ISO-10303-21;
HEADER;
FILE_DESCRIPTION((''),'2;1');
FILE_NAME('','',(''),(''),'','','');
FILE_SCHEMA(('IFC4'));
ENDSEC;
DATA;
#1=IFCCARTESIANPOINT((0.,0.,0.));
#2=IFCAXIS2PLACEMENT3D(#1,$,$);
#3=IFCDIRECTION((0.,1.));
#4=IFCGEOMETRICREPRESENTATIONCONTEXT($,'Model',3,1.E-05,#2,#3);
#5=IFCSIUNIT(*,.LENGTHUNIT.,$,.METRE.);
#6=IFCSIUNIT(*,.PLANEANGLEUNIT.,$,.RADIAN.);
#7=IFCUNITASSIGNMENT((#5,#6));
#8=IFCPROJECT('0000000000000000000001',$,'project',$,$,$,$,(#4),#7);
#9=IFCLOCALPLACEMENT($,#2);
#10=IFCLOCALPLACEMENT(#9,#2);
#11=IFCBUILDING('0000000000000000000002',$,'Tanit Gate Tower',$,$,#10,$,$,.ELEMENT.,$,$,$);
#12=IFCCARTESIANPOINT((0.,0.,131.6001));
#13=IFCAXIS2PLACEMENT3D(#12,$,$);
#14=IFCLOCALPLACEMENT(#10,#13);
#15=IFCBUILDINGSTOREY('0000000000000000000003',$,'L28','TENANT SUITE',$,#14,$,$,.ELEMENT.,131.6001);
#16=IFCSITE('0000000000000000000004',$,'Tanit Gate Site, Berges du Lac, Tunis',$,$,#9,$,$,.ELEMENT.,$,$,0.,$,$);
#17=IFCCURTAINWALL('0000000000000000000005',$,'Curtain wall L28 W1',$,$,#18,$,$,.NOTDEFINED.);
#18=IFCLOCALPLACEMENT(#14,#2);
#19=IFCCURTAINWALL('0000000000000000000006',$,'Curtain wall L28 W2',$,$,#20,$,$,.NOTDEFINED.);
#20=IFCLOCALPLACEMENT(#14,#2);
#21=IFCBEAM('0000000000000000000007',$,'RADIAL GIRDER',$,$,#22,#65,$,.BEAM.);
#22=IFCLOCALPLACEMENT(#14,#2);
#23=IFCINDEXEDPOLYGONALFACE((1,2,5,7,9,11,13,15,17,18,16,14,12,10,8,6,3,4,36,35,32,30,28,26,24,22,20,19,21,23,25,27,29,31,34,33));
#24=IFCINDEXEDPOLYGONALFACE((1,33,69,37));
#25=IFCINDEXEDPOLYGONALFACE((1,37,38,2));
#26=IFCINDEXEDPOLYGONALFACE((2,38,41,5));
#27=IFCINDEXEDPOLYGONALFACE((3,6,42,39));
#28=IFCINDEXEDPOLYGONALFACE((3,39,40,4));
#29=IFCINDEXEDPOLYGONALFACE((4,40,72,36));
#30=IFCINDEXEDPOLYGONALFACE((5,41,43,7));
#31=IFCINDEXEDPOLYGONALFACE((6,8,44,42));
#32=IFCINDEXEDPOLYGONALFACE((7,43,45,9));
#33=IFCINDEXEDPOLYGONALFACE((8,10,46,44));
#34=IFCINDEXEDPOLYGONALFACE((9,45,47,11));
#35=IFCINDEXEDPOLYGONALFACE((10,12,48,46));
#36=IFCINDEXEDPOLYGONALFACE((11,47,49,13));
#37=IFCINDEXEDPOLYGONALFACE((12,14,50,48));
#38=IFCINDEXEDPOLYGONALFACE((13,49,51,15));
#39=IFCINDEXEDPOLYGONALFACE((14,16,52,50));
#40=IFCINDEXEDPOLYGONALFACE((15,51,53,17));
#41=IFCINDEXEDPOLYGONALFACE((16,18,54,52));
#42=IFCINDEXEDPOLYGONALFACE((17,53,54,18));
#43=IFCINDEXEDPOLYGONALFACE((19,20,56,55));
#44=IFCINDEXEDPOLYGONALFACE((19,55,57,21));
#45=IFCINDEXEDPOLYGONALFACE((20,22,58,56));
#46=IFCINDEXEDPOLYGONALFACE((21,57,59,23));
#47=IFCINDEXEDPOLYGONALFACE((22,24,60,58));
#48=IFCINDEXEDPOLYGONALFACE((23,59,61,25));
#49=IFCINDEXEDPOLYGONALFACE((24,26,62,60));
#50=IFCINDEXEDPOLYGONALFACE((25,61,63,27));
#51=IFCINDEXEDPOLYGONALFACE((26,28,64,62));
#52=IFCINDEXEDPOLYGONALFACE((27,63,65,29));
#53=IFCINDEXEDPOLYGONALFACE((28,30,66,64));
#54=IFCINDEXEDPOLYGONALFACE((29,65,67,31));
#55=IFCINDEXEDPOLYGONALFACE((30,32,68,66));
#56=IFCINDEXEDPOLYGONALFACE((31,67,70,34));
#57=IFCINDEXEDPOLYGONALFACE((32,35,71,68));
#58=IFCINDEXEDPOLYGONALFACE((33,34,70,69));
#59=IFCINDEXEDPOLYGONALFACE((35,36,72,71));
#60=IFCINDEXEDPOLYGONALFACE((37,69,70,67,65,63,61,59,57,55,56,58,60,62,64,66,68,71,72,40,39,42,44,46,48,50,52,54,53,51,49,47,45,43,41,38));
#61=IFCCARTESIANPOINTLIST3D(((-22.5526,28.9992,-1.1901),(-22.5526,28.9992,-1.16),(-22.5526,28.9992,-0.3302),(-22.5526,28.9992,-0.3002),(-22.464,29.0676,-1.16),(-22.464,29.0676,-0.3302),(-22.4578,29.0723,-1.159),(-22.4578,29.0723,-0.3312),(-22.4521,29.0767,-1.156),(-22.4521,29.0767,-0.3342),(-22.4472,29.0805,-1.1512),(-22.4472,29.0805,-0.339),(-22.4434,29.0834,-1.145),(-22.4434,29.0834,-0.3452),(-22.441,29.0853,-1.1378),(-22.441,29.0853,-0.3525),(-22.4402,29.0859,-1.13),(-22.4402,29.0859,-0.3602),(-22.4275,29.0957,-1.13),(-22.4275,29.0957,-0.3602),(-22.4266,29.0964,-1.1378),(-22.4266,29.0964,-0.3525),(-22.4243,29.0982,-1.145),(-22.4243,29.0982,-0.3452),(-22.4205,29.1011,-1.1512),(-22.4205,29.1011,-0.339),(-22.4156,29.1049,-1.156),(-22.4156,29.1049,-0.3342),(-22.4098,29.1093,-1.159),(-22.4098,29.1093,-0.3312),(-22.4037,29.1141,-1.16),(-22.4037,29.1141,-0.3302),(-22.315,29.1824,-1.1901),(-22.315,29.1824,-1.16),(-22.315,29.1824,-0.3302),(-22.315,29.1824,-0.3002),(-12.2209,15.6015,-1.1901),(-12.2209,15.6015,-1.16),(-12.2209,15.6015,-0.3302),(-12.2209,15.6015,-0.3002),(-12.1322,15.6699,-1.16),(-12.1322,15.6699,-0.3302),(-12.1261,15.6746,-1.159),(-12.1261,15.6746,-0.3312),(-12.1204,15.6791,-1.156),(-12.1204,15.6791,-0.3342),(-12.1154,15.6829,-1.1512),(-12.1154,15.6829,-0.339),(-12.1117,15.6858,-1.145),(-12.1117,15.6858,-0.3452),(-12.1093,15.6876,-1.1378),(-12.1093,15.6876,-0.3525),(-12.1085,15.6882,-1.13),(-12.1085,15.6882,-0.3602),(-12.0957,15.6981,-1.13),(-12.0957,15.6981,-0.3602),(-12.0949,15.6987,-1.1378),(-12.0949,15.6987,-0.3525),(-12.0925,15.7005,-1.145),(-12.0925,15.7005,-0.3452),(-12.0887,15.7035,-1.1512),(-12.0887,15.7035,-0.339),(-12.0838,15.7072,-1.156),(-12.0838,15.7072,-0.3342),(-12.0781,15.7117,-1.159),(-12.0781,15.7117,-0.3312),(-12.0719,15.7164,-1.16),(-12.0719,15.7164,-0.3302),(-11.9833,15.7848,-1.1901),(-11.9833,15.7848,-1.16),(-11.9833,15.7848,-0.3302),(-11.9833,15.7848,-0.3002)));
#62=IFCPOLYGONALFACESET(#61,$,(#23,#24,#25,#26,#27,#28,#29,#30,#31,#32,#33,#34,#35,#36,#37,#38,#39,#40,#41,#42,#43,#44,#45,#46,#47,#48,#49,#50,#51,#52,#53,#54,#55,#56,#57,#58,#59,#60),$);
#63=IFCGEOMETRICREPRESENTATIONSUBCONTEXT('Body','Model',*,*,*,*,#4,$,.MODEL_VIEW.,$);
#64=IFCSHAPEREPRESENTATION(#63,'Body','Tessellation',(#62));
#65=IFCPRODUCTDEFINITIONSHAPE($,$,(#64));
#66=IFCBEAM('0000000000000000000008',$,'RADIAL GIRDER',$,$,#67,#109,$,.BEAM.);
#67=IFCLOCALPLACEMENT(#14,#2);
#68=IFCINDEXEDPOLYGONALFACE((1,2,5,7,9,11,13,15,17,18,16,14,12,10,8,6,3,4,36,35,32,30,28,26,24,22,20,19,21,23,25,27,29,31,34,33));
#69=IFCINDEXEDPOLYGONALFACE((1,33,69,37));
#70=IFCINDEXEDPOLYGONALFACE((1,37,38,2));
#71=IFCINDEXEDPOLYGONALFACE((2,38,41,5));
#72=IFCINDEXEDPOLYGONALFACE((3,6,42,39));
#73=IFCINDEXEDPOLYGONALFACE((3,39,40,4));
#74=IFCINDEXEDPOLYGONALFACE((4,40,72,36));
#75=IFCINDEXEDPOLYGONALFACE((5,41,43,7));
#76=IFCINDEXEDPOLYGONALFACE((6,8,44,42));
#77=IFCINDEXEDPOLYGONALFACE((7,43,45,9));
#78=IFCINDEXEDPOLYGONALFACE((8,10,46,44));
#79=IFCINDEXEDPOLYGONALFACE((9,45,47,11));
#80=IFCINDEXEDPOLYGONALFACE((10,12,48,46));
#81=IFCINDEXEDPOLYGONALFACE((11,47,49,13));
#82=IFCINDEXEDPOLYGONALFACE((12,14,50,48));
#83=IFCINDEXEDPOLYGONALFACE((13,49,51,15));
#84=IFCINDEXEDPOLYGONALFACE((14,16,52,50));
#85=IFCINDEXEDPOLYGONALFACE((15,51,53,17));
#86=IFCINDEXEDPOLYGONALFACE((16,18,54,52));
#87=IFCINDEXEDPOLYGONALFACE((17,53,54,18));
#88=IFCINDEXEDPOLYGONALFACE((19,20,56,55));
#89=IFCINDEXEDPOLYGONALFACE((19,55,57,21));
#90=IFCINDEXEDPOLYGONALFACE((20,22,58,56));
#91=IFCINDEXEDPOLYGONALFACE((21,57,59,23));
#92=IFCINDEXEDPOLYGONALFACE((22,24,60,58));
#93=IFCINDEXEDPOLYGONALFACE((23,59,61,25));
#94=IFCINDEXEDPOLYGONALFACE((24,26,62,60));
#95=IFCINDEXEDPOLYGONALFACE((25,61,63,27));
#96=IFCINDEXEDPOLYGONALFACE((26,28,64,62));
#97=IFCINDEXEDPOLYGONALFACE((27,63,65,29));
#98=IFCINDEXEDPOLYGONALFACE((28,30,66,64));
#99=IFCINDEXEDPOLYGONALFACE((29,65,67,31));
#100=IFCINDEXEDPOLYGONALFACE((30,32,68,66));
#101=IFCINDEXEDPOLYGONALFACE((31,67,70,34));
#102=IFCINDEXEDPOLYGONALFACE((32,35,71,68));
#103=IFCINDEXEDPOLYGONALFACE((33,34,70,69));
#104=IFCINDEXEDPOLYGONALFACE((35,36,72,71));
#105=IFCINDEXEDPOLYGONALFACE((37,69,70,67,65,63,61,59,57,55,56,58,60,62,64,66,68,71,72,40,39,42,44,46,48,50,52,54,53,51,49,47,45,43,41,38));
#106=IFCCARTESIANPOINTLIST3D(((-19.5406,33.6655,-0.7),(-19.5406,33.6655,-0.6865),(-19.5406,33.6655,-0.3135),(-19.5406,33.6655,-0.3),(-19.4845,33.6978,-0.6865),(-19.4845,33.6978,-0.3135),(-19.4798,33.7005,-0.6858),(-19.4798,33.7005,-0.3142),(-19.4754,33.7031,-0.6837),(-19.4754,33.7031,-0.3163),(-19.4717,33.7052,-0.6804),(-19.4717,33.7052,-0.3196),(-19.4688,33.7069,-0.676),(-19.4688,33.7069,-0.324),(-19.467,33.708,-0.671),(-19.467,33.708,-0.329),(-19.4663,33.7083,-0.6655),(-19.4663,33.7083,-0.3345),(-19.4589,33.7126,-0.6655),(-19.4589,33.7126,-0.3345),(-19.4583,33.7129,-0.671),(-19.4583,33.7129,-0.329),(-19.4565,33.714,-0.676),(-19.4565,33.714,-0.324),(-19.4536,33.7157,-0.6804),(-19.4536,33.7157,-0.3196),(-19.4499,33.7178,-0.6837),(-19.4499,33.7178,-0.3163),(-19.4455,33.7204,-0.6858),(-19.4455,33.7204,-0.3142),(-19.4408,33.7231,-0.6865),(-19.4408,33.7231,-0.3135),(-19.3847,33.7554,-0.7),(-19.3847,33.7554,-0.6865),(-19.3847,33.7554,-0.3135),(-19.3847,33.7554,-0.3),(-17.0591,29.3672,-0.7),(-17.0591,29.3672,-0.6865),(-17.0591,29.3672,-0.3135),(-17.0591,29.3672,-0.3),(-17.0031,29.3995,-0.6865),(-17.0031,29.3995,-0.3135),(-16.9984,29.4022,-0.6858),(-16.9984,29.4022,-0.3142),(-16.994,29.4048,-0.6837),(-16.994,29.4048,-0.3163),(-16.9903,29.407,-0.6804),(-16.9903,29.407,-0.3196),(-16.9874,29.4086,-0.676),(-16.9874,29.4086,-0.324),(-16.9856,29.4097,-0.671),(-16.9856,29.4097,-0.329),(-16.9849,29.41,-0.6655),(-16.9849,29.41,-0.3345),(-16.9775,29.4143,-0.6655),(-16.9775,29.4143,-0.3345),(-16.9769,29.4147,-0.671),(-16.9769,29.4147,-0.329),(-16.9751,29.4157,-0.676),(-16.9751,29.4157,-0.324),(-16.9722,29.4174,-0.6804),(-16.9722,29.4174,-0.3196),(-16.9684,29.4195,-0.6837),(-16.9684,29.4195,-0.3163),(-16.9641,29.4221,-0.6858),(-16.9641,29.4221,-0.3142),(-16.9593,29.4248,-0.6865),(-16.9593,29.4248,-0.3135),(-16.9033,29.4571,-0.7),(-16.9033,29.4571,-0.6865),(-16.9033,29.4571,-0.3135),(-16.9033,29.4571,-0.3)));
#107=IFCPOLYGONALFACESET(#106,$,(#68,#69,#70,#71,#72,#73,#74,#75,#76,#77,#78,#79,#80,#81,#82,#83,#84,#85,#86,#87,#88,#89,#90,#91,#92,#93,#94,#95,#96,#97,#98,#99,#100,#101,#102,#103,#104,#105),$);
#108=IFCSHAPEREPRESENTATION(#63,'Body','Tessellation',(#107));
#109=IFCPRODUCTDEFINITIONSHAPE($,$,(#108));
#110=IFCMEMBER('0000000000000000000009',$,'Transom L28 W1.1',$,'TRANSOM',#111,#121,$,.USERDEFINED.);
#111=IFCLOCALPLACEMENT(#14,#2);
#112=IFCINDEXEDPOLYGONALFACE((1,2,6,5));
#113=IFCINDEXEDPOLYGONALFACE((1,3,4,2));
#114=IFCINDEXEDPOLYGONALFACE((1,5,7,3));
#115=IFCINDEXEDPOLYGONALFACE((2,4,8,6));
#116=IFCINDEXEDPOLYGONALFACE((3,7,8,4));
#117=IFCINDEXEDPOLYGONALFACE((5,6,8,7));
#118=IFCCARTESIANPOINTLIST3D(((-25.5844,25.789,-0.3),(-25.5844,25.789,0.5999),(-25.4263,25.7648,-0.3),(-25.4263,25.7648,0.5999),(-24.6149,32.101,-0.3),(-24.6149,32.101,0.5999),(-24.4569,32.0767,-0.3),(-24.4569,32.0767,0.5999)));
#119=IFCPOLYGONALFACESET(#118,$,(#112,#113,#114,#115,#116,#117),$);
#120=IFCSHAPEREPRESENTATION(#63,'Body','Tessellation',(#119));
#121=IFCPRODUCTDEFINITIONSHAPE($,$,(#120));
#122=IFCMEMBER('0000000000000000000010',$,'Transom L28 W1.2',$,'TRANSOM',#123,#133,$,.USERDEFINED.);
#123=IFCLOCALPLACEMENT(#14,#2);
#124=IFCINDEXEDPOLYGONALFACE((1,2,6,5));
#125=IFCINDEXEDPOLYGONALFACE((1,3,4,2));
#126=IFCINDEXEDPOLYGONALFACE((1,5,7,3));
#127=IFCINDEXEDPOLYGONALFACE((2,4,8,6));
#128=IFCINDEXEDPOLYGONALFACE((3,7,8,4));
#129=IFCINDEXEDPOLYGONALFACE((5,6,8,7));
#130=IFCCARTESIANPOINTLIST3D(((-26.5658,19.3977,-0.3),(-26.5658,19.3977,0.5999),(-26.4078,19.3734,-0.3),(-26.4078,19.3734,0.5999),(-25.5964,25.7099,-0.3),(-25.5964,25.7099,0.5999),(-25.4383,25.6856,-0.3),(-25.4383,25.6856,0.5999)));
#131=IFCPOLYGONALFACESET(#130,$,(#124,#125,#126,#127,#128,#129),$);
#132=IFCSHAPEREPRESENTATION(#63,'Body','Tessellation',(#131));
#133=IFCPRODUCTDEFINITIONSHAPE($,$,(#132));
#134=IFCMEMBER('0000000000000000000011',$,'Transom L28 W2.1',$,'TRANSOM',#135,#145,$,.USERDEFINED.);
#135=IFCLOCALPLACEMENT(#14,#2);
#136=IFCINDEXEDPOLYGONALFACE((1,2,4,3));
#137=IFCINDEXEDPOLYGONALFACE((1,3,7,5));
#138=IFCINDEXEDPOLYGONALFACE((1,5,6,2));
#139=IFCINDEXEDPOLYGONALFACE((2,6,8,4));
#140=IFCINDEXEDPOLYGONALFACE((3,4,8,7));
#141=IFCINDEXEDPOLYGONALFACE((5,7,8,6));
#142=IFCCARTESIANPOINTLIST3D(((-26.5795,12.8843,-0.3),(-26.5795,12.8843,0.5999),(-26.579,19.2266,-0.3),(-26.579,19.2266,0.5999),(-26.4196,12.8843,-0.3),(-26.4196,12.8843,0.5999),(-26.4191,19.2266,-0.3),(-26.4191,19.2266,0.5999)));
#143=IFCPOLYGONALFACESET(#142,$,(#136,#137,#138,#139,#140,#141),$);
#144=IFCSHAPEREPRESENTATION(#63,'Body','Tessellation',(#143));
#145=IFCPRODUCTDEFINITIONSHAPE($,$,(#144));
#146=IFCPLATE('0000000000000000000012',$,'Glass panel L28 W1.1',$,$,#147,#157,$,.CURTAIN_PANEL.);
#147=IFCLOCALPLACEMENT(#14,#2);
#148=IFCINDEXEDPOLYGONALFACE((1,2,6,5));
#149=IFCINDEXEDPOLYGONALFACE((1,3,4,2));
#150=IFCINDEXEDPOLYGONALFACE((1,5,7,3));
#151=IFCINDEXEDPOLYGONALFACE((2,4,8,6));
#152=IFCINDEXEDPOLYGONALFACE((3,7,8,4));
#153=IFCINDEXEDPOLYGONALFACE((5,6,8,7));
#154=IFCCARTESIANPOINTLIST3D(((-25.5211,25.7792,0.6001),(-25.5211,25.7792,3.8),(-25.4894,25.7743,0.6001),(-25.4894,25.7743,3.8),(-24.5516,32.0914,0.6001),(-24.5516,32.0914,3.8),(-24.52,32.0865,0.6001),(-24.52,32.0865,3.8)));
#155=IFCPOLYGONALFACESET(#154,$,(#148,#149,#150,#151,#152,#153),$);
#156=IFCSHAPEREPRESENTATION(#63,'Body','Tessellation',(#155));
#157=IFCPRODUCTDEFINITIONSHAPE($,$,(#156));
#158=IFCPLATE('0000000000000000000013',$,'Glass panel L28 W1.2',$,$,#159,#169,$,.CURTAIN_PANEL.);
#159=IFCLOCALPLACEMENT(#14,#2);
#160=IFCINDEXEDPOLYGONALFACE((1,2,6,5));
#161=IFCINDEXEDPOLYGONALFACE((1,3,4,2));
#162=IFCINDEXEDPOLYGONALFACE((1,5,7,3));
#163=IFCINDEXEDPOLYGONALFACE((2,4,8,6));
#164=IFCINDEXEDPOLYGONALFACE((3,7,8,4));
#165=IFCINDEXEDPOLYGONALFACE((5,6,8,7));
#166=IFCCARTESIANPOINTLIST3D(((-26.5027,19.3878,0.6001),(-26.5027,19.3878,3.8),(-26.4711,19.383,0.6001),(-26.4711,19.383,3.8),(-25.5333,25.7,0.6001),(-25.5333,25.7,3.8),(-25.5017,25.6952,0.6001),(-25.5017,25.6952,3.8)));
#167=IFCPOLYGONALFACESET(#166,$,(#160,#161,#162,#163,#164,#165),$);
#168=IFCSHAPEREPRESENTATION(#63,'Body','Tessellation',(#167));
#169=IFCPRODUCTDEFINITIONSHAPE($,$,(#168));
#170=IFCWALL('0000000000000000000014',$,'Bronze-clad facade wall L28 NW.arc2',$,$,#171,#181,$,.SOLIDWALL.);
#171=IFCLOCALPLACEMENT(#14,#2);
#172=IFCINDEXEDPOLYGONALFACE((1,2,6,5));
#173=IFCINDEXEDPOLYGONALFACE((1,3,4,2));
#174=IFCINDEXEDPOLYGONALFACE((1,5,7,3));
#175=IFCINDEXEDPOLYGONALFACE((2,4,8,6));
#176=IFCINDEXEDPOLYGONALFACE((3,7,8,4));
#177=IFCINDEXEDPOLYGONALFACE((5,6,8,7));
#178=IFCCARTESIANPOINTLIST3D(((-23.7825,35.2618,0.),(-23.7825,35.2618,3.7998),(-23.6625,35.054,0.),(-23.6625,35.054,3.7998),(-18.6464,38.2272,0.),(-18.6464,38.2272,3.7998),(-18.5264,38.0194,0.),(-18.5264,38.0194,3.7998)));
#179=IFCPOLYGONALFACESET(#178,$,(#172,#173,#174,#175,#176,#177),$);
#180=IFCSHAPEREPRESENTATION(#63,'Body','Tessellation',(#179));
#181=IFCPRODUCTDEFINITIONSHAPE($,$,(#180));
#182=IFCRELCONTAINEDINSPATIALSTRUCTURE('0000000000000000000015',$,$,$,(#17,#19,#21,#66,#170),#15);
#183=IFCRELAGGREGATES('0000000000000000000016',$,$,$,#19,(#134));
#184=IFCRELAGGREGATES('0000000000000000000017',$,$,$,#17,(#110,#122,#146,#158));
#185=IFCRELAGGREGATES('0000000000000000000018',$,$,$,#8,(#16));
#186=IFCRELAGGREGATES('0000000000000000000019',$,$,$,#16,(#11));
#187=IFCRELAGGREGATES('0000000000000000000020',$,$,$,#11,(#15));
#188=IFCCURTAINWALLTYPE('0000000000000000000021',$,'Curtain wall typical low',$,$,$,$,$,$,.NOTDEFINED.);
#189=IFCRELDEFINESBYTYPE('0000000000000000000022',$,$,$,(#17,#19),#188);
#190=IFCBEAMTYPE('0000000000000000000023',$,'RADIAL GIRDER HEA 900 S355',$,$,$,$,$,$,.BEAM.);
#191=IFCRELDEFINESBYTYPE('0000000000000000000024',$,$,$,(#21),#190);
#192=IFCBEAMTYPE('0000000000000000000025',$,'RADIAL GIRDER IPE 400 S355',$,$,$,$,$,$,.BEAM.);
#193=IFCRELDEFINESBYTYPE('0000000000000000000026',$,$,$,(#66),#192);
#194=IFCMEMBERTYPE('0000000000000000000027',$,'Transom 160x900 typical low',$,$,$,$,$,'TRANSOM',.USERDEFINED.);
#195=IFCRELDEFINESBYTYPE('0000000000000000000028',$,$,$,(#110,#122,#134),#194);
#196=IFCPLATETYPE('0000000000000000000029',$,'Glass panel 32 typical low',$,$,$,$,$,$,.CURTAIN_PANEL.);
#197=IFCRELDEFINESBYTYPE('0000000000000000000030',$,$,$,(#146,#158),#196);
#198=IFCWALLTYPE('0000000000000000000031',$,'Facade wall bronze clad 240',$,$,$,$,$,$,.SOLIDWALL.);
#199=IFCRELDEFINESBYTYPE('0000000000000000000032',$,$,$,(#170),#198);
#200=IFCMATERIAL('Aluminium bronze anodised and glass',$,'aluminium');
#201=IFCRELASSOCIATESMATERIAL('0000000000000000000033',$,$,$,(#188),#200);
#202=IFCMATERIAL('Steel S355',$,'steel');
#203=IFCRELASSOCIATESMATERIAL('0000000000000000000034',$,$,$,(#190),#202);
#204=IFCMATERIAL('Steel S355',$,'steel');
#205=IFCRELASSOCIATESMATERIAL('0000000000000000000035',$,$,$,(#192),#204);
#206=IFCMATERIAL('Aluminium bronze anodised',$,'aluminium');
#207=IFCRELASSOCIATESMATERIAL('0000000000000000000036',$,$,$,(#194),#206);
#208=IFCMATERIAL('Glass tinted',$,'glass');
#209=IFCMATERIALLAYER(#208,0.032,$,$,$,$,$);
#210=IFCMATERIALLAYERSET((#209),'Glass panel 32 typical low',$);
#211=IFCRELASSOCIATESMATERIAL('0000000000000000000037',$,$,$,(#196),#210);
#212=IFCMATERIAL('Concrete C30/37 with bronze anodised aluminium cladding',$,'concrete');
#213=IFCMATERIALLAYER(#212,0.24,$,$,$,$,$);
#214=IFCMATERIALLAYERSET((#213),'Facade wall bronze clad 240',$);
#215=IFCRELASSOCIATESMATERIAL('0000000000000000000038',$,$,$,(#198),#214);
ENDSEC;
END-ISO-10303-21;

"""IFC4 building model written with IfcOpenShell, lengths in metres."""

from ifc_helpers import new_model, si_unit, direction, frame, frame_2d, origin, origin_2d, place, context, subcontext, project, spatial, rectangle, i_section, extrude, material, layer, layer_set, material_profile, profile_set, type_object, element, aggregate, save


model = new_model("IFC4")

# Units and contexts
model_context = context("Model", 3, precision=1e-05, world=origin(), true_north=direction((0.0, 1.0)))
body_context = subcontext(model_context, "Body", "Model", "MODEL_VIEW")
ifc_project = project(units=[si_unit("LENGTHUNIT", "METRE"), si_unit("PLANEANGLEUNIT", "RADIAN")], contexts=[model_context])

# Site, building, storey
site_placement = place(None, origin())
site = spatial("IfcSite", under=ifc_project, at=site_placement, Name="Tanit Gate Site, Berges du Lac, Tunis", CompositionType="ELEMENT", RefElevation=0.0)
building_placement = place(site_placement, origin())
building = spatial("IfcBuilding", under=site, at=building_placement, Name="Tanit Gate Tower", CompositionType="ELEMENT")
storey_placement = place(building_placement, frame((0.0, 0.0, 131.6001)))
storey = spatial("IfcBuildingStorey", under=building, at=storey_placement, Name="L28", Description="TENANT SUITE", CompositionType="ELEMENT", Elevation=131.6001)

# Curtain walls
ifc_material_1 = material(Name="Aluminium bronze anodised and glass", Category="aluminium")
curtain_wall_type = type_object("IfcCurtainWallType", Name="Curtain wall typical low", PredefinedType="NOTDEFINED", material=ifc_material_1)
curtain_wall_1_placement = place(storey_placement, origin())
curtain_wall_1 = element("IfcCurtainWall", 1, at=curtain_wall_1_placement, inside=storey, type_object=curtain_wall_type, Name="Curtain wall L28 W1", PredefinedType="NOTDEFINED")
curtain_wall_2_placement = place(storey_placement, origin())
curtain_wall_2 = element("IfcCurtainWall", 2, at=curtain_wall_2_placement, inside=storey, type_object=curtain_wall_type, Name="Curtain wall L28 W2", PredefinedType="NOTDEFINED")

# Beams
ifc_material_2 = material(Name="Steel S355", Category="steel")
ifc_material_profile_1 = material_profile(ifc_material_2, i_section(OverallWidth=0.3, OverallDepth=0.8899, WebThickness=0.0161, FlangeThickness=0.03, FilletRadius=0.03, at=origin_2d()), Name="HEA 900")
ifc_profile_set_1 = profile_set([ifc_material_profile_1], Name="Steel S355")
beam_type_1 = type_object("IfcBeamType", Name="RADIAL GIRDER HEA 900 S355", PredefinedType="BEAM", material=ifc_profile_set_1)
beam_1_placement = place(storey_placement, frame((-22.4338, 29.0908, -0.7451), z_axis=(0.610671, -0.791885, 0.0), x_axis=(0.791885, 0.610671, 0.0)))
element("IfcBeam", 3, at=beam_1_placement, inside=storey, type_object=beam_type_1, Name="RADIAL GIRDER", PredefinedType="BEAM", context=body_context, shape_type="SweptSolid", body=[
    extrude(i_section(OverallWidth=0.3, OverallDepth=0.8899, WebThickness=0.0161, FlangeThickness=0.03, FilletRadius=0.03, at=origin_2d()), origin(), (0.0, 0.0, 1.0), 16.9187),
])
ifc_material_3 = material(Name="Steel S355", Category="steel")
ifc_material_profile_2 = material_profile(ifc_material_3, i_section(OverallWidth=0.1799, OverallDepth=0.3999, WebThickness=0.0085, FlangeThickness=0.0134, FilletRadius=0.021, at=origin_2d()), Name="IPE 400")
ifc_profile_set_2 = profile_set([ifc_material_profile_2], Name="Steel S355")
beam_type_2 = type_object("IfcBeamType", Name="RADIAL GIRDER IPE 400 S355", PredefinedType="BEAM", material=ifc_profile_set_2)
beam_2_placement = place(storey_placement, frame((-19.4626, 33.7104, -0.5), z_axis=(0.499969, -0.866043, 0.0), x_axis=(0.866043, 0.499969, 0.0)))
element("IfcBeam", 4, at=beam_2_placement, inside=storey, type_object=beam_type_2, Name="RADIAL GIRDER", PredefinedType="BEAM", context=body_context, shape_type="SweptSolid", body=[
    extrude(i_section(OverallWidth=0.1799, OverallDepth=0.3999, WebThickness=0.0085, FlangeThickness=0.0134, FilletRadius=0.021, at=origin_2d()), origin(), (0.0, 0.0, 1.0), 4.9631),
])

# Members
ifc_material_4 = material(Name="Aluminium bronze anodised", Category="aluminium")
ifc_material_profile_3 = material_profile(ifc_material_4, rectangle(XDim=0.1599, YDim=0.8999, at=origin_2d()), Name="160x900 bronze transom")
ifc_profile_set_3 = profile_set([ifc_material_profile_3], Name="Aluminium bronze anodised")
member_type_1 = type_object("IfcMemberType", Name="Transom 160x900 typical low", ElementType="TRANSOM", PredefinedType="USERDEFINED", material=ifc_profile_set_3)
member_1_placement = place(storey_placement, frame((-24.5359, 32.0889, 0.1499), z_axis=(-0.151813, -0.988409, 0.0), x_axis=(0.988409, -0.151813, 0.0)))
member_1 = element("IfcMember", 5, at=member_1_placement, type_object=member_type_1, Name="Transom L28 W1.1", ObjectType="TRANSOM", PredefinedType="USERDEFINED", context=body_context, shape_type="SweptSolid", body=[
    extrude(rectangle(XDim=0.1599, YDim=0.8999, at=origin_2d()), origin(), (0.0, 0.0, 1.0), 6.386),
])
member_2_placement = place(storey_placement, frame((-25.5173, 25.6978, 0.1499), z_axis=(-0.151807, -0.98841, 0.0), x_axis=(0.98841, -0.151807, 0.0)))
member_2 = element("IfcMember", 6, at=member_2_placement, type_object=member_type_1, Name="Transom L28 W1.2", ObjectType="TRANSOM", PredefinedType="USERDEFINED", context=body_context, shape_type="SweptSolid", body=[
    extrude(rectangle(XDim=0.1599, YDim=0.8999, at=origin_2d()), origin(), (0.0, 0.0, 1.0), 6.3862),
])
member_3_placement = place(storey_placement, frame((-26.499, 19.2266, 0.1499), z_axis=(-0.000077, -1.0, 0.0), x_axis=(1.0, -0.000077, 0.0)))
member_3 = element("IfcMember", 7, at=member_3_placement, type_object=member_type_1, Name="Transom L28 W2.1", ObjectType="TRANSOM", PredefinedType="USERDEFINED", context=body_context, shape_type="SweptSolid", body=[
    extrude(rectangle(XDim=0.1599, YDim=0.8999, at=origin_2d()), origin(), (0.0, 0.0, 1.0), 6.3423),
])
aggregate(curtain_wall_2, [member_3])

# Plates
ifc_material_5 = material(Name="Glass tinted", Category="glass")
ifc_layer_1 = layer(ifc_material_5, 0.032)
ifc_layer_set_1 = layer_set([ifc_layer_1], Name="Glass panel 32 typical low")
plate_type = type_object("IfcPlateType", Name="Glass panel 32 typical low", PredefinedType="CURTAIN_PANEL", material=ifc_layer_set_1)
plate_1_placement = place(storey_placement, frame((-25.0205, 28.9329, 0.6001), z_axis=(0.0, 0.0, 1.0), x_axis=(-0.151807, -0.98841, 0.0)))
plate_1 = element("IfcPlate", 8, at=plate_1_placement, type_object=plate_type, Name="Glass panel L28 W1.1", PredefinedType="CURTAIN_PANEL", context=body_context, shape_type="SweptSolid", body=[
    extrude(rectangle(XDim=6.3862, YDim=0.032, at=origin_2d()), origin(), (0.0, 0.0, 1.0), 3.2),
])
plate_2_placement = place(storey_placement, frame((-26.0022, 22.5415, 0.6001), z_axis=(0.0, 0.0, 1.0), x_axis=(-0.151807, -0.98841, 0.0)))
plate_2 = element("IfcPlate", 9, at=plate_2_placement, type_object=plate_type, Name="Glass panel L28 W1.2", PredefinedType="CURTAIN_PANEL", context=body_context, shape_type="SweptSolid", body=[
    extrude(rectangle(XDim=6.3862, YDim=0.032, at=origin_2d()), origin(), (0.0, 0.0, 1.0), 3.2),
])
aggregate(curtain_wall_1, [member_1, member_2, plate_1, plate_2])

# Wall
ifc_material_6 = material(Name="Concrete C30/37 with bronze anodised aluminium cladding", Category="concrete")
ifc_layer_2 = layer(ifc_material_6, 0.24)
ifc_layer_set_2 = layer_set([ifc_layer_2], Name="Facade wall bronze clad 240")
wall_type_1 = type_object("IfcWallType", Name="Facade wall bronze clad 240", PredefinedType="SOLIDWALL", material=ifc_layer_set_2)
wall_1_placement = place(storey_placement, frame((-18.5864, 38.1233, 0.0), z_axis=(0.0, 0.0, 1.0), x_axis=(-0.86602, -0.500009, 0.0)))
element("IfcWall", 10, at=wall_1_placement, inside=storey, type_object=wall_type_1, Name="Bronze-clad facade wall L28 NW.arc2", PredefinedType="SOLIDWALL", context=body_context, shape_type="SweptSolid", body=[
    extrude(rectangle(XDim=5.9307, YDim=0.24, at=frame_2d((2.9653, 0.0))), origin(), (0.0, 0.0, 1.0), 3.7998),
])

save(model, "model.ifc")
